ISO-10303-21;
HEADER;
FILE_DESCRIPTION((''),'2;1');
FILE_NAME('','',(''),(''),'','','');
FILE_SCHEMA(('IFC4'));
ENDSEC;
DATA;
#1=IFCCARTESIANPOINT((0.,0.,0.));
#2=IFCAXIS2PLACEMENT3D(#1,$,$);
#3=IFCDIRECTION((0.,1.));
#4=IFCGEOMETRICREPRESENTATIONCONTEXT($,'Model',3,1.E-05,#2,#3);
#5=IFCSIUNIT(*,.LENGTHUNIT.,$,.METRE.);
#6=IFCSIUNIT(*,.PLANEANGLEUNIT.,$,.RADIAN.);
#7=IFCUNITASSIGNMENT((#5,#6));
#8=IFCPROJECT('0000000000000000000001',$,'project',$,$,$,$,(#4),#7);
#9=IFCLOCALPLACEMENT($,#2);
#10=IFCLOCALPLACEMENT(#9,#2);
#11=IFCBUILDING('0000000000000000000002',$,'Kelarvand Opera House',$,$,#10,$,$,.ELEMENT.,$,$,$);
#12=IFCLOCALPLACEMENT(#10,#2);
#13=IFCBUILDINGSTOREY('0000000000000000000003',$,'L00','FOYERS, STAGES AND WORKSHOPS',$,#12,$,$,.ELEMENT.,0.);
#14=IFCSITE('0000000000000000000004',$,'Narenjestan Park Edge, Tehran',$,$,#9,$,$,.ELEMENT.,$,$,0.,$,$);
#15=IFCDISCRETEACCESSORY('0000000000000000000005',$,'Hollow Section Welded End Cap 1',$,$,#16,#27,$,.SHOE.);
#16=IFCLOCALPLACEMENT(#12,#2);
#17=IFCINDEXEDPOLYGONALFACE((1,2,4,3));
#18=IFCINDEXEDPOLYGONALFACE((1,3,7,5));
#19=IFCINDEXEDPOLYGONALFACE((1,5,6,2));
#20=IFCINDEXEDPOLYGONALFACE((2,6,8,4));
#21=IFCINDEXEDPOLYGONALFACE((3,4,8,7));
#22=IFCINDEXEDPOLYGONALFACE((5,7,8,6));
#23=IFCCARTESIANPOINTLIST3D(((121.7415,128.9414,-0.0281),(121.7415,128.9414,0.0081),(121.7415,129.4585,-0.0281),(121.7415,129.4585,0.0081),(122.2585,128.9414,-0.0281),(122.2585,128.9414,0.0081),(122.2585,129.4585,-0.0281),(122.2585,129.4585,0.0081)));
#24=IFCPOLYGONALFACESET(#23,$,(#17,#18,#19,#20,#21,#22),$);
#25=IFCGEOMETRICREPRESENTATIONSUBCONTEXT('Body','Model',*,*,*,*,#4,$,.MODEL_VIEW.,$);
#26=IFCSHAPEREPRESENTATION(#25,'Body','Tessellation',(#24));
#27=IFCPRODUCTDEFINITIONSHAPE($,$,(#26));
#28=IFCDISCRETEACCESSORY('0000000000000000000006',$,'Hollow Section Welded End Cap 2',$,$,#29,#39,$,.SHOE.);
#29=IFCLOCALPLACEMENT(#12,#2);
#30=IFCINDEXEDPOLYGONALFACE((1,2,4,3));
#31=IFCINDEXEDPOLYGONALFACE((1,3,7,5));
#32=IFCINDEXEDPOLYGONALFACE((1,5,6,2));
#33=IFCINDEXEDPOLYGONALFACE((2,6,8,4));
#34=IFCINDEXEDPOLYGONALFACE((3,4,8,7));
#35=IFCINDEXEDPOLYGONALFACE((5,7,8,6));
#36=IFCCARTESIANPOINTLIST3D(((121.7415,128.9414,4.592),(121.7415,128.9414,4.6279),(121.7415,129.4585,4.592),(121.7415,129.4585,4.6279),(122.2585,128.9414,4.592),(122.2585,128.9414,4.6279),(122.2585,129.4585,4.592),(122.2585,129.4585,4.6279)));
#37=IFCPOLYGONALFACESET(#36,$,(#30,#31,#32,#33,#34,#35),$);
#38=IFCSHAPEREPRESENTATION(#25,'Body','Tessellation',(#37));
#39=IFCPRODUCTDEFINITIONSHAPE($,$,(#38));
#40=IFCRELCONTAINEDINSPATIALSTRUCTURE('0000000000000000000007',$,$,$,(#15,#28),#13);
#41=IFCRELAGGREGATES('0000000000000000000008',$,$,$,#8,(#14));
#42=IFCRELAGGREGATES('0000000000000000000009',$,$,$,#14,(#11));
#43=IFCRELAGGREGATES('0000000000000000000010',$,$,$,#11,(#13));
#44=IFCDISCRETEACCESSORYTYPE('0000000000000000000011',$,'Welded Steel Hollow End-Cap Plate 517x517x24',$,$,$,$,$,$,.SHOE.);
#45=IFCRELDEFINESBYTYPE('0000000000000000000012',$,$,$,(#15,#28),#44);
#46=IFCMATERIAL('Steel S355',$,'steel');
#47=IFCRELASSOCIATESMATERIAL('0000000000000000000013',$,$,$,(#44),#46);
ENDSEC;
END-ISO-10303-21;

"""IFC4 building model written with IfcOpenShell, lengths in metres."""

from ifc_helpers import new_model, si_unit, direction, frame, origin, origin_2d, place, context, subcontext, project, spatial, rectangle, extrude, material, material_profile, profile_set, type_object, element, save


model = new_model("IFC4")

# Units and contexts
model_context = context("Model", 3, precision=1e-05, world=origin(), true_north=direction((0.0, 1.0)))
body_context = subcontext(model_context, "Body", "Model", "MODEL_VIEW")
ifc_project = project(units=[si_unit("LENGTHUNIT", "METRE"), si_unit("PLANEANGLEUNIT", "RADIAN")], contexts=[model_context])

# Site, building, storey
site_placement = place(None, origin())
site = spatial("IfcSite", under=ifc_project, at=site_placement, Name="Narenjestan Park Edge, Tehran", CompositionType="ELEMENT", RefElevation=0.0)
building_placement = place(site_placement, origin())
building = spatial("IfcBuilding", under=site, at=building_placement, Name="Kelarvand Opera House", CompositionType="ELEMENT")
storey_placement = place(building_placement, origin())
storey = spatial("IfcBuildingStorey", under=building, at=storey_placement, Name="L00", Description="FOYERS, STAGES AND WORKSHOPS", CompositionType="ELEMENT", Elevation=0.0)

# Shared definitions
ifc_material_1 = material(Name="Steel S355", Category="steel")

# Discrete accessories
ifc_material_profile_1 = material_profile(ifc_material_1, rectangle(XDim=0.5171, YDim=0.5171, at=origin_2d()), Name="Welded Steel Hollow End-Cap Plate 517x517x24", Category="steel")
ifc_profile_set_1 = profile_set([ifc_material_profile_1], Name="Steel S355")
discrete_accessory_type = type_object("IfcDiscreteAccessoryType", Name="Welded Steel Hollow End-Cap Plate 517x517x24", PredefinedType="SHOE", material=ifc_profile_set_1)
discrete_accessory_1_placement = place(storey_placement, frame((122.0, 129.2, 0.0081), z_axis=(0.0, 0.0, -1.0), x_axis=(1.0, 0.0, 0.0)))
element("IfcDiscreteAccessory", 1, at=discrete_accessory_1_placement, inside=storey, type_object=discrete_accessory_type, Name="Hollow Section Welded End Cap 1", PredefinedType="SHOE", context=body_context, shape_type="SweptSolid", body=[
    extrude(rectangle(XDim=0.5171, YDim=0.5171, at=origin_2d()), origin(), (0.0, 0.0, 1.0), 0.0361),
])
discrete_accessory_2_placement = place(storey_placement, frame((122.0, 129.2, 4.592), z_axis=(0.0, 0.0, 1.0), x_axis=(1.0, 0.0, 0.0)))
element("IfcDiscreteAccessory", 2, at=discrete_accessory_2_placement, inside=storey, type_object=discrete_accessory_type, Name="Hollow Section Welded End Cap 2", PredefinedType="SHOE", context=body_context, shape_type="SweptSolid", body=[
    extrude(rectangle(XDim=0.5171, YDim=0.5171, at=origin_2d()), origin(), (0.0, 0.0, 1.0), 0.0359),
])

save(model, "model.ifc")
